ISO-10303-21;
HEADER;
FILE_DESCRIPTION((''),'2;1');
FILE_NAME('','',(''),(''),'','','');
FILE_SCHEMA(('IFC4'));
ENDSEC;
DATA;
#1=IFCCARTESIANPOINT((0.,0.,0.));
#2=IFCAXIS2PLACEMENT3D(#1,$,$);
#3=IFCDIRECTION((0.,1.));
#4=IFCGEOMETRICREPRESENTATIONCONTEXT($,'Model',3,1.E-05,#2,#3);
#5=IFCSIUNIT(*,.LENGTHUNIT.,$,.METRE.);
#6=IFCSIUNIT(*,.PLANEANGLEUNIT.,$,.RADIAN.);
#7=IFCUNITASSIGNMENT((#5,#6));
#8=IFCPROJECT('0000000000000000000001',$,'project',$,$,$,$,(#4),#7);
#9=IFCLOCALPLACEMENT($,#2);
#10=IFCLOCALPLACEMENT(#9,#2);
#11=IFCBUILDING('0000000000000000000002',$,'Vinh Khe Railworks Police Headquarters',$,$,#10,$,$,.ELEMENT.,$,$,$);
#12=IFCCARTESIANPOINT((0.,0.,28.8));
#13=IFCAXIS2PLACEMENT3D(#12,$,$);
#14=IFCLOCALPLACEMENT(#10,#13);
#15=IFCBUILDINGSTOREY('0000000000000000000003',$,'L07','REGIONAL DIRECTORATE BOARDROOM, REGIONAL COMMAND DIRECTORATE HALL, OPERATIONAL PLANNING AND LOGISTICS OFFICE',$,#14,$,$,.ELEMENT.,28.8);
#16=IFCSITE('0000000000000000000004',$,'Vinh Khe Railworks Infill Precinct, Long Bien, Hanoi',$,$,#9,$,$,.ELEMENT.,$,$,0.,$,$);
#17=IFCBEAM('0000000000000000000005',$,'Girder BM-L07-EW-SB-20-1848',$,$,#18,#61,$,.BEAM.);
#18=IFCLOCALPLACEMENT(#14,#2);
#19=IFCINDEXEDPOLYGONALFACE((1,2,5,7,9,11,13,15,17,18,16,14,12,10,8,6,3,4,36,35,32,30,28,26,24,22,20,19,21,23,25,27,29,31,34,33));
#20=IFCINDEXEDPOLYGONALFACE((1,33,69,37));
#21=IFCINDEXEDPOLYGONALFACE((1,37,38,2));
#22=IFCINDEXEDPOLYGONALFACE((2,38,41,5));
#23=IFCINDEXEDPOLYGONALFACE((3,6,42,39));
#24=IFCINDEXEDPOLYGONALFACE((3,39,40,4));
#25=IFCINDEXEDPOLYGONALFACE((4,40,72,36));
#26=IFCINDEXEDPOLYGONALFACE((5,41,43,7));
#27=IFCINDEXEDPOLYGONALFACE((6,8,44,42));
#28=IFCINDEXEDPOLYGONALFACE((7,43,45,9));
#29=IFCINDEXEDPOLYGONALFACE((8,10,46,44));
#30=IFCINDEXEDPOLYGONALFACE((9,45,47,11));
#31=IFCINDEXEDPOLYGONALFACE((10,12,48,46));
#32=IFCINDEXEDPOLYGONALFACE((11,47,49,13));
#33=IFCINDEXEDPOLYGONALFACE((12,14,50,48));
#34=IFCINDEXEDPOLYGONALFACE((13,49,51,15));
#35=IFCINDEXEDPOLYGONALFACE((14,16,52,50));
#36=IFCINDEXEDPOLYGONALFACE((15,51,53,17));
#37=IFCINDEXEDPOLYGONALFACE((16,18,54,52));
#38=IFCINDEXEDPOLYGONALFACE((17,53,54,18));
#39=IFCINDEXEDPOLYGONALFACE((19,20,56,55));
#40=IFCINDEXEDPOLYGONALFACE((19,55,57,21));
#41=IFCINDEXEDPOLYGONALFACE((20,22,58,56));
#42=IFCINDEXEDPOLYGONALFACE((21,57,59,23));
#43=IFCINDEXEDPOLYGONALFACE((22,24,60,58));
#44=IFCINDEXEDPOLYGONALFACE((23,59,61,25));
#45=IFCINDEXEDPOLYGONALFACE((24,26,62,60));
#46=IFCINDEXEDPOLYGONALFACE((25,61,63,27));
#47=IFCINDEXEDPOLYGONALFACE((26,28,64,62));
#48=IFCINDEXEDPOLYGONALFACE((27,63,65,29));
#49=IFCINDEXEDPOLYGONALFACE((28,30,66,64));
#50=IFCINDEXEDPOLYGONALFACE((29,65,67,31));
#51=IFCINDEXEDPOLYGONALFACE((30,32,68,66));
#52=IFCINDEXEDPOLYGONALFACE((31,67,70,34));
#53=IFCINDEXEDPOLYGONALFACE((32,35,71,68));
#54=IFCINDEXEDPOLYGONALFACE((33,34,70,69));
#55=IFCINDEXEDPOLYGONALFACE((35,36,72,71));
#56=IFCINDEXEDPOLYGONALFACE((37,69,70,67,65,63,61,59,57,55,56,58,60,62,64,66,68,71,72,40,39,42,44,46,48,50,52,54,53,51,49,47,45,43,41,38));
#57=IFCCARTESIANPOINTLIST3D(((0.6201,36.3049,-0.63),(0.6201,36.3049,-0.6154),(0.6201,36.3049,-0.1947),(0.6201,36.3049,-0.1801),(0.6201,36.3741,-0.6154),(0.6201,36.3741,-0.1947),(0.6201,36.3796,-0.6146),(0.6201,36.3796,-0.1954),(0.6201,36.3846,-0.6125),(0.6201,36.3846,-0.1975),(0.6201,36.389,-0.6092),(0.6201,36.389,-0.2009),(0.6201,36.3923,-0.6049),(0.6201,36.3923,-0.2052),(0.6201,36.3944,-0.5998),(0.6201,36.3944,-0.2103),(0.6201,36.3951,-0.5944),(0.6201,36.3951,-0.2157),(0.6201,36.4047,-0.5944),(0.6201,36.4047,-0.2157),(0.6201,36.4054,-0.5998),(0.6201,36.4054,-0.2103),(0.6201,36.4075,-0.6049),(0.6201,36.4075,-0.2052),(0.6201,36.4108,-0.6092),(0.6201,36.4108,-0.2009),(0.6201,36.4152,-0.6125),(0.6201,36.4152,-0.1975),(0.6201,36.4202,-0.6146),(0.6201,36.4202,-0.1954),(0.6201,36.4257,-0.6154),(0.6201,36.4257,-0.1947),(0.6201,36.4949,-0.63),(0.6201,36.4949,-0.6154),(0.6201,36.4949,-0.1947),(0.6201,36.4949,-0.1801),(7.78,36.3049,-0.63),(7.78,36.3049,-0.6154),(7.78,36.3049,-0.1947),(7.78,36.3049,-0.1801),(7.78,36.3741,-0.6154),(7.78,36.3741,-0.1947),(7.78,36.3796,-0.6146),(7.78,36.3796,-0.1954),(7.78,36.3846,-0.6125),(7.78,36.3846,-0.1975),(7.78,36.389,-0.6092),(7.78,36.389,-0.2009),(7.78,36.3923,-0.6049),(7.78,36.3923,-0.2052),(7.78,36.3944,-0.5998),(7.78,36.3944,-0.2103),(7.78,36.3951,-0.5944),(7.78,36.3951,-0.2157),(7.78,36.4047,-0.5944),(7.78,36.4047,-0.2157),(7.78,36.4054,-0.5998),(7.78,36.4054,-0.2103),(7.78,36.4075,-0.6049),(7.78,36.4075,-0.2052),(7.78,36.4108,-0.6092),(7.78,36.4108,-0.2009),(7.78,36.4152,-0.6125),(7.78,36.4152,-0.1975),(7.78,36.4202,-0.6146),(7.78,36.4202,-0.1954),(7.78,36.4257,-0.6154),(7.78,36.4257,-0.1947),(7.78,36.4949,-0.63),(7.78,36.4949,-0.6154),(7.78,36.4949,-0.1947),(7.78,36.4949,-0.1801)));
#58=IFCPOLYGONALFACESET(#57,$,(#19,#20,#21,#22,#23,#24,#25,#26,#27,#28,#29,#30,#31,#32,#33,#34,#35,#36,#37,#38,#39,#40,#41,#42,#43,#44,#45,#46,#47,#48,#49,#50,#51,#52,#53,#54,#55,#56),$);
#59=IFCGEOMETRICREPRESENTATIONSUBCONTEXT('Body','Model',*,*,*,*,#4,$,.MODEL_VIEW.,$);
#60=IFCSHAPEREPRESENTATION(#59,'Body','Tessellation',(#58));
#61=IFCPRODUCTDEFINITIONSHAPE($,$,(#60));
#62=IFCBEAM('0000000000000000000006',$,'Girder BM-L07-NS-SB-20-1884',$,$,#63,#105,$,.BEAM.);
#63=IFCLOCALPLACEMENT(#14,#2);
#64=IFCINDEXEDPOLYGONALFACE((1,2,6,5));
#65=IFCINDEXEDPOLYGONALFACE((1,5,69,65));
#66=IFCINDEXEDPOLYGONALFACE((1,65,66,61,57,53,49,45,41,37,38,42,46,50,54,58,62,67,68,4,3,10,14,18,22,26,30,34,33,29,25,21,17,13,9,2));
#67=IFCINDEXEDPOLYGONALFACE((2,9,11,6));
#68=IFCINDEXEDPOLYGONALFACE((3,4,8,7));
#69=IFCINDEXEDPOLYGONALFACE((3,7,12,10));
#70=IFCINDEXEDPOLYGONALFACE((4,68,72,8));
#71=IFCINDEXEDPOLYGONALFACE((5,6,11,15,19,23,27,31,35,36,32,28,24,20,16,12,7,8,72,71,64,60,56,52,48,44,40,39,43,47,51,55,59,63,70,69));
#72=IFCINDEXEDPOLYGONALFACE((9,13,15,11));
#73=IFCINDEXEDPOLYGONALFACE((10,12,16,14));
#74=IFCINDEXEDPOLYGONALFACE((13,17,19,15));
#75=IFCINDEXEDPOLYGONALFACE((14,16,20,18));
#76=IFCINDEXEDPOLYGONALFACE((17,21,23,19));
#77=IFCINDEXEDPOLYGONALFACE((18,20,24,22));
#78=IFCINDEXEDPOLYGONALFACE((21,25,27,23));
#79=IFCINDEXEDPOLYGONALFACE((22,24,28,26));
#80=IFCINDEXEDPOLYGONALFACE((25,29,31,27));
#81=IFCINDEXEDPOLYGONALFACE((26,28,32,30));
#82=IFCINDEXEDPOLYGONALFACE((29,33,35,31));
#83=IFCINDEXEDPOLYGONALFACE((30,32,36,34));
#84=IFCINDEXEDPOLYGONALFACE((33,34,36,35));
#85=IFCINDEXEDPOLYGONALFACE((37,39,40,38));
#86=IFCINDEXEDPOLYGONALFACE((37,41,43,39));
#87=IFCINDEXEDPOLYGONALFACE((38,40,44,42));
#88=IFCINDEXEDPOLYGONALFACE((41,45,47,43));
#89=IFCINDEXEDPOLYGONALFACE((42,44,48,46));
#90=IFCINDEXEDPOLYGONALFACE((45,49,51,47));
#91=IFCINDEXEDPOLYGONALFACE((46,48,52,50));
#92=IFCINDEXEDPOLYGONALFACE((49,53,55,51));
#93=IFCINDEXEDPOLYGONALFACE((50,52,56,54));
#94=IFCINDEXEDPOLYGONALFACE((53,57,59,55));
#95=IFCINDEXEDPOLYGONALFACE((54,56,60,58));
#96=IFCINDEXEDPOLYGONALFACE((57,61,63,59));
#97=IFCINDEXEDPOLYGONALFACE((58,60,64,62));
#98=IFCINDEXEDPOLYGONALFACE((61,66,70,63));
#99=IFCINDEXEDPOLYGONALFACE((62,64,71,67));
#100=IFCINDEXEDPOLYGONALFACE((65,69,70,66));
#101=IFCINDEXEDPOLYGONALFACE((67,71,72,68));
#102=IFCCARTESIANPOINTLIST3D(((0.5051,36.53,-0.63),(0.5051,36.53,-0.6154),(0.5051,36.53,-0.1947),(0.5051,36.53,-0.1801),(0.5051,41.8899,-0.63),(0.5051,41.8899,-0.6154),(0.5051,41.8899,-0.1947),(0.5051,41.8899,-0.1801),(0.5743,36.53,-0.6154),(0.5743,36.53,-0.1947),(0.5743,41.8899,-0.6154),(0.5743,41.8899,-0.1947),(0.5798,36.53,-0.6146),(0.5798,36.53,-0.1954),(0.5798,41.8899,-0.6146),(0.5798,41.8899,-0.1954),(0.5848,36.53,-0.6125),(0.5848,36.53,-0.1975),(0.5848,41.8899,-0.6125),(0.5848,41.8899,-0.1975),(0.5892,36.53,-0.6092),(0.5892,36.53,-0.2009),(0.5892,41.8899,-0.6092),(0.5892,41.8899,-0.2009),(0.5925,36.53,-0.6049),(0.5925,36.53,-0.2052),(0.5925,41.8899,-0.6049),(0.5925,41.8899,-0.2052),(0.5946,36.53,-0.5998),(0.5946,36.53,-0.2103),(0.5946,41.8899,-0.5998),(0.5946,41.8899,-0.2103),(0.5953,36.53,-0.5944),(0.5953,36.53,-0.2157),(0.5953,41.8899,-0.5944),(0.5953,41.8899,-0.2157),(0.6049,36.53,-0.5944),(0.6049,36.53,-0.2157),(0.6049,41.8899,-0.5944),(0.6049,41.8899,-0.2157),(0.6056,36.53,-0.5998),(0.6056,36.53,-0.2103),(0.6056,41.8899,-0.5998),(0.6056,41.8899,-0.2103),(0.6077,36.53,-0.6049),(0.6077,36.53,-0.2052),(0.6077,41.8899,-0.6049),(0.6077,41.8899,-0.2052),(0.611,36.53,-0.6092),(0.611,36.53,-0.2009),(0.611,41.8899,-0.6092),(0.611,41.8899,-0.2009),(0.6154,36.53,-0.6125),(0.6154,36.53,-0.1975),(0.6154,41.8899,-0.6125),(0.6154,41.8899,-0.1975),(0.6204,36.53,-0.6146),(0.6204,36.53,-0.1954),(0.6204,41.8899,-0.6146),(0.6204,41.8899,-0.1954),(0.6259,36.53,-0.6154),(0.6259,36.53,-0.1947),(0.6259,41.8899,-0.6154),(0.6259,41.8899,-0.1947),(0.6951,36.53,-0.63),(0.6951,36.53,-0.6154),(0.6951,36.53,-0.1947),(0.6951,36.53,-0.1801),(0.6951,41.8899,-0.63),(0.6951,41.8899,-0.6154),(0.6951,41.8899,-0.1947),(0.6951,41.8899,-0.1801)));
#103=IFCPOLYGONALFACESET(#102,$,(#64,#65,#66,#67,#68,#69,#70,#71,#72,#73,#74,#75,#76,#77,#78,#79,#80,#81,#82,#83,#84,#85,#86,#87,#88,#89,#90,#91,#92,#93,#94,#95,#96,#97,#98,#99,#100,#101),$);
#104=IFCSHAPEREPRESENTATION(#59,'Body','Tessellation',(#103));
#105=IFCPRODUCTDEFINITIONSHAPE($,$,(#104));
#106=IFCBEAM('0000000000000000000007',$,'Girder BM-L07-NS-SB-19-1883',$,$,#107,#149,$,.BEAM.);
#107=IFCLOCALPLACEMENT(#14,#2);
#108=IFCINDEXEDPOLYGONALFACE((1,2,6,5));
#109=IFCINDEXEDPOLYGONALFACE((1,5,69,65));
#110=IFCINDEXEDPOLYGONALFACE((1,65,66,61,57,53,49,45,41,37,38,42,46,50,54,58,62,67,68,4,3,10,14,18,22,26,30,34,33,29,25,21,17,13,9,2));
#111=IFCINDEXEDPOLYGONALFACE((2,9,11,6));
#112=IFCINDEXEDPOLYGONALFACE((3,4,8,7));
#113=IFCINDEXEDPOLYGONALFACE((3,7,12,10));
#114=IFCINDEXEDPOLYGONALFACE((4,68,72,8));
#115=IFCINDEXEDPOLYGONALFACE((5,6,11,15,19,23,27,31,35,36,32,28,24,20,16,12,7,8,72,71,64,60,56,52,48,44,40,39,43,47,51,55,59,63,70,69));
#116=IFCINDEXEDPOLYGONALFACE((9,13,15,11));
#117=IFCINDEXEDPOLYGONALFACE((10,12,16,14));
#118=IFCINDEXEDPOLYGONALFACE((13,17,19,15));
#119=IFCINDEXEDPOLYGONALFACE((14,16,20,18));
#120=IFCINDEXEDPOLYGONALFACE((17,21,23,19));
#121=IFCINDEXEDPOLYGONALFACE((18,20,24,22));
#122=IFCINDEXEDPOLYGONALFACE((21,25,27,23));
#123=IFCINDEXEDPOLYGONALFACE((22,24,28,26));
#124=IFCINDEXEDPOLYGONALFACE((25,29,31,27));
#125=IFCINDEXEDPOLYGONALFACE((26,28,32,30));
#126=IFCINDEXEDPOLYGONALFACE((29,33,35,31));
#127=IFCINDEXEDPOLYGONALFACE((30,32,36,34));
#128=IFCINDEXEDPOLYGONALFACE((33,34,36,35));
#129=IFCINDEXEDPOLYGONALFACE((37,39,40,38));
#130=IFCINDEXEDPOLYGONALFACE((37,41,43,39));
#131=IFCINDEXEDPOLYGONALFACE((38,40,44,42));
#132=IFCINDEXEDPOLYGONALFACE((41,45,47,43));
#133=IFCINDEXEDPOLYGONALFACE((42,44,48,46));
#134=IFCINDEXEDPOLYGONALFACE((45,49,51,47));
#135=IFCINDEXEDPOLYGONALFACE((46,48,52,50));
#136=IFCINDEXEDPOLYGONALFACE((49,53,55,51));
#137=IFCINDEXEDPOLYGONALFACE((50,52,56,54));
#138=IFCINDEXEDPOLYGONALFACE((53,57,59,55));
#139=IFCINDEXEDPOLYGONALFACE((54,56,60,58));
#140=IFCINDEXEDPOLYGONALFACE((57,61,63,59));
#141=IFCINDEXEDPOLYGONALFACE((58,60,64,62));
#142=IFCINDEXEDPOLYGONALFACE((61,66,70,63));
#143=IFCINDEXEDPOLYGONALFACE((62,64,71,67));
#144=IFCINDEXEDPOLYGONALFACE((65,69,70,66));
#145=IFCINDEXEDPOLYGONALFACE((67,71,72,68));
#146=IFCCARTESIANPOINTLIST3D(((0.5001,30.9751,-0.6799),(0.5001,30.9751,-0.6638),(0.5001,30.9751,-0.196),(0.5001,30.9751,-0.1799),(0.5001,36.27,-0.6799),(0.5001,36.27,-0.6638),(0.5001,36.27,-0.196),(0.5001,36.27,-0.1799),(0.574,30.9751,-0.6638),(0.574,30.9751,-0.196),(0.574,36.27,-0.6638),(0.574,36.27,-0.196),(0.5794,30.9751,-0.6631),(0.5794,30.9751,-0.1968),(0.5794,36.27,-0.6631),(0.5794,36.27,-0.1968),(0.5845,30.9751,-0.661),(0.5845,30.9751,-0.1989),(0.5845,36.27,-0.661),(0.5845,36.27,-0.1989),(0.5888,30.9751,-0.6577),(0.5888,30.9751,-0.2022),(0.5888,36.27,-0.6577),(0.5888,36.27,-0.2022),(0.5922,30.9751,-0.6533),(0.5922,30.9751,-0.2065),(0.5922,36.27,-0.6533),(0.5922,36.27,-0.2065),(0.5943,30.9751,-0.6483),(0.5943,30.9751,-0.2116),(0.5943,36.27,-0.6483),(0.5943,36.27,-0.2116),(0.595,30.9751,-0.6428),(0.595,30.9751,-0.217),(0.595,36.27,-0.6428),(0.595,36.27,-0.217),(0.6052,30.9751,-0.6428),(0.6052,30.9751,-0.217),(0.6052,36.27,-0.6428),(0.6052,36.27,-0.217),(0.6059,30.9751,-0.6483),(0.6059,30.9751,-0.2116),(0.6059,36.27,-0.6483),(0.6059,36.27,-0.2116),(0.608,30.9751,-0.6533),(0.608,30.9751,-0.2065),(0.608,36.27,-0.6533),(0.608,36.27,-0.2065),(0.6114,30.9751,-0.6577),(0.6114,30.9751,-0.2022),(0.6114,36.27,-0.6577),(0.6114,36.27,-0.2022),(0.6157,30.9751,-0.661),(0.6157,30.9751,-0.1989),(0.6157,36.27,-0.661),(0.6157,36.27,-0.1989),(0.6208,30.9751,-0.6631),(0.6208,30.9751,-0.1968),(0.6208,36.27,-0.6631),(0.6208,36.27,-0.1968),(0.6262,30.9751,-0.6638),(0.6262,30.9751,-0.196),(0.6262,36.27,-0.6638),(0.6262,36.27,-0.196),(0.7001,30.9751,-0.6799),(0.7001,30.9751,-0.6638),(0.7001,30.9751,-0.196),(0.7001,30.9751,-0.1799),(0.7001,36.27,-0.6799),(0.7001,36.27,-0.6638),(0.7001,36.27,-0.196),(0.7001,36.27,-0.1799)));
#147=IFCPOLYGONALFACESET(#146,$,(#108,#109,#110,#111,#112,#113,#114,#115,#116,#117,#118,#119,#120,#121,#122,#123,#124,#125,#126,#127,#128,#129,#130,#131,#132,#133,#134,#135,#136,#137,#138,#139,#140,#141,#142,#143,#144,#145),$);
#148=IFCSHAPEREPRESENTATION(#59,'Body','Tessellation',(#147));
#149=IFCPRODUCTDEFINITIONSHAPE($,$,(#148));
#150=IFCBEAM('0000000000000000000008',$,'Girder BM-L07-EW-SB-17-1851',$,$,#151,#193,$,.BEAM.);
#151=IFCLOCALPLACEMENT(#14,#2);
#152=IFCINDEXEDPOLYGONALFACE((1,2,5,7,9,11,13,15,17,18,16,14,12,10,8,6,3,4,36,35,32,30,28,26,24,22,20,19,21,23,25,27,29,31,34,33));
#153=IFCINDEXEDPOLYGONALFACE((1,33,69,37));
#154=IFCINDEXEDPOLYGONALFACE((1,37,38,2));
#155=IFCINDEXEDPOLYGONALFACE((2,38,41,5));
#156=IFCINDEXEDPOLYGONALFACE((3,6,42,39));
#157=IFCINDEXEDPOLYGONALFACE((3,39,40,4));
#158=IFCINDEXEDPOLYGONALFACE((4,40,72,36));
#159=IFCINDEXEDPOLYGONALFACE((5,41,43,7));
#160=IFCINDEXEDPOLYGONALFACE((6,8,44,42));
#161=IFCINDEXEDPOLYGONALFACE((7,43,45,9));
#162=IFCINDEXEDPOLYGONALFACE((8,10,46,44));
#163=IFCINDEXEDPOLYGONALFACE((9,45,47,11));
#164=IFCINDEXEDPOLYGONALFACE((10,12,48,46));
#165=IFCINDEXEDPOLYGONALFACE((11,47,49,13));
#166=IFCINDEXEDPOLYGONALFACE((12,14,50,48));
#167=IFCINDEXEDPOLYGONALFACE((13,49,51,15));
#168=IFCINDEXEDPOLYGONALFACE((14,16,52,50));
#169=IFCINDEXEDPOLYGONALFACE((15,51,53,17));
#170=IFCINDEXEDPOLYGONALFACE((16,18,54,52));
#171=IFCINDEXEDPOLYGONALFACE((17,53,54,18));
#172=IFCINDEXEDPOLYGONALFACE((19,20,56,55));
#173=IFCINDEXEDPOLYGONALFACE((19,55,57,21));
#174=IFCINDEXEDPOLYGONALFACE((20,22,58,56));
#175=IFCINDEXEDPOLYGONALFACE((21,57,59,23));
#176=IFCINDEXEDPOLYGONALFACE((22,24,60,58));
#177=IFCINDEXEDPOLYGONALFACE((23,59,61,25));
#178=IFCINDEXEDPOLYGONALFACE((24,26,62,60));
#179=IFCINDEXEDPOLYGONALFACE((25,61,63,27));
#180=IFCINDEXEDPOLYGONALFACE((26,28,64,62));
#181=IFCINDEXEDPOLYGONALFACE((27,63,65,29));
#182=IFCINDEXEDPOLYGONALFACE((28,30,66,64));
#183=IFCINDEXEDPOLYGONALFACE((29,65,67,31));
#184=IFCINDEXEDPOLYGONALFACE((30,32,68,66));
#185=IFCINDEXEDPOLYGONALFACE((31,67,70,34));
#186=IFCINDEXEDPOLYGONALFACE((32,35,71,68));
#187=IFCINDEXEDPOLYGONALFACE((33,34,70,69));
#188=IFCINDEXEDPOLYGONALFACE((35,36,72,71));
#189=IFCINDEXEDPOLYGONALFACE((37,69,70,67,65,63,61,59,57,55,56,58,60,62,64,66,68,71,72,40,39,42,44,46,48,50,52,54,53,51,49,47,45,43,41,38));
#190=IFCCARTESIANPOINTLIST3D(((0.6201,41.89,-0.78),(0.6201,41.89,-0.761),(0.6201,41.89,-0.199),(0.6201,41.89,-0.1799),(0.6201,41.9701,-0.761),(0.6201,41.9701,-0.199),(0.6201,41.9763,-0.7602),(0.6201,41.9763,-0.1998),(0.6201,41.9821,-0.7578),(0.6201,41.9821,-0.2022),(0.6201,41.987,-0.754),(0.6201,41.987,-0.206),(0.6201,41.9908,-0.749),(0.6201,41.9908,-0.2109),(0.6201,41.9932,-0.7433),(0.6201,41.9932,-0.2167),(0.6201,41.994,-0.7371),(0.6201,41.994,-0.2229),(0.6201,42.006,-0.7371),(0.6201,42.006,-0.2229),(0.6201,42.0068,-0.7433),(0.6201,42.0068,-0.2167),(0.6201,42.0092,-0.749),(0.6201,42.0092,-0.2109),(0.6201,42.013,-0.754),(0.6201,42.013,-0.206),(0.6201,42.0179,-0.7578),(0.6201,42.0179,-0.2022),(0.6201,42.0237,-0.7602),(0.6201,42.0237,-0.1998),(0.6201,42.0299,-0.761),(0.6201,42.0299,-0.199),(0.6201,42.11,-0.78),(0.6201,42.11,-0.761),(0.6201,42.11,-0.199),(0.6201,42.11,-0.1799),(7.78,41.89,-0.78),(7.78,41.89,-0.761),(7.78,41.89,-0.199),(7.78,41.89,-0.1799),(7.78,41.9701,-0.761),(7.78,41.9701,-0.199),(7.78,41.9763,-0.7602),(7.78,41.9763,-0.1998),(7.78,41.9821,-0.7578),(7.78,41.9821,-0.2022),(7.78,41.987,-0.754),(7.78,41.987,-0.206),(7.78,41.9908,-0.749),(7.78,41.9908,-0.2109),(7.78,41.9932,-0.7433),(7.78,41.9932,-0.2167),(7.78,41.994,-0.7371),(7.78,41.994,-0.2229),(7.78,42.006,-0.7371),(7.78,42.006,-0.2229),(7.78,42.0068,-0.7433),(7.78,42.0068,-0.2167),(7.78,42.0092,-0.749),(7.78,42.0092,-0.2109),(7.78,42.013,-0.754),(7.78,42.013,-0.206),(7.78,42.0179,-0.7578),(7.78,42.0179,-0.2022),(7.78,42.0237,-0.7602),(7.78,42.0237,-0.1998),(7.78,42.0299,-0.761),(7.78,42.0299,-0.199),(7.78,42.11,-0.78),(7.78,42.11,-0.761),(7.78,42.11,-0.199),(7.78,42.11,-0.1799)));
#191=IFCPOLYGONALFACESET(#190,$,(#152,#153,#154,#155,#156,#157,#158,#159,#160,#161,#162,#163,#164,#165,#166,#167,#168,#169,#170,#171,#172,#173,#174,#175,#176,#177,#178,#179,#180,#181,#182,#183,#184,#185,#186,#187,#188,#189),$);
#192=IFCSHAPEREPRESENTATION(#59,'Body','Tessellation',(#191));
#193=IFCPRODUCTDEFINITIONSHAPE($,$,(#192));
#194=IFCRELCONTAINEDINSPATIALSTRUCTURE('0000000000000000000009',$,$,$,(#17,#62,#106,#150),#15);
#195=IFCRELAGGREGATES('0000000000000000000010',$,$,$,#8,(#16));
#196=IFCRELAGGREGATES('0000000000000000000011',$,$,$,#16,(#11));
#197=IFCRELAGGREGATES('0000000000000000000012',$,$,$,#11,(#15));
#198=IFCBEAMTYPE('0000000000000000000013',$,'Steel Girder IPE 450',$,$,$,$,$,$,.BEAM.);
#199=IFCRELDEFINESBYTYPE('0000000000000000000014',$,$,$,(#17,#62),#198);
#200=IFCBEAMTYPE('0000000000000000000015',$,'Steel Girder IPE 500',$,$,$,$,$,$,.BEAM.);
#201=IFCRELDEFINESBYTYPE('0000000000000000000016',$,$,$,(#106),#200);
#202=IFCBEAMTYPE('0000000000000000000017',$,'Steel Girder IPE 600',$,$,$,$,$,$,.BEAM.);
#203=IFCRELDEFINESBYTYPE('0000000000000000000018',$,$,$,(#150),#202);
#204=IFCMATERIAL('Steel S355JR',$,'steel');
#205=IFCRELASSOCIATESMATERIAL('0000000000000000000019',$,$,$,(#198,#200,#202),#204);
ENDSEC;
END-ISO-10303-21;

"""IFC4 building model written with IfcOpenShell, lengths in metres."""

from ifc_helpers import new_model, si_unit, direction, frame, origin, origin_2d, place, context, subcontext, project, spatial, i_section, extrude, material, material_profile, profile_set, type_object, element, save


model = new_model("IFC4")

# Units and contexts
model_context = context("Model", 3, precision=1e-05, world=origin(), true_north=direction((0.0, 1.0)))
body_context = subcontext(model_context, "Body", "Model", "MODEL_VIEW")
ifc_project = project(units=[si_unit("LENGTHUNIT", "METRE"), si_unit("PLANEANGLEUNIT", "RADIAN")], contexts=[model_context])

# Site, building, storey
site_placement = place(None, origin())
site = spatial("IfcSite", under=ifc_project, at=site_placement, Name="Vinh Khe Railworks Infill Precinct, Long Bien, Hanoi", CompositionType="ELEMENT", RefElevation=0.0)
building_placement = place(site_placement, origin())
building = spatial("IfcBuilding", under=site, at=building_placement, Name="Vinh Khe Railworks Police Headquarters", CompositionType="ELEMENT")
storey_placement = place(building_placement, frame((0.0, 0.0, 28.8)))
storey = spatial("IfcBuildingStorey", under=building, at=storey_placement, Name="L07", Description="REGIONAL DIRECTORATE BOARDROOM, REGIONAL COMMAND DIRECTORATE HALL, OPERATIONAL PLANNING AND LOGISTICS OFFICE", CompositionType="ELEMENT", Elevation=28.8)

# Shared definitions
ifc_material_1 = material(Name="Steel S355JR", Category="steel")

# Beams
ifc_material_profile_1 = material_profile(ifc_material_1, i_section(OverallWidth=0.1899, OverallDepth=0.45, WebThickness=0.0095, FlangeThickness=0.0146, FilletRadius=0.021, at=origin_2d()), Name="IPE 450")
ifc_profile_set_1 = profile_set([ifc_material_profile_1], Name="Steel S355JR")
beam_type_1 = type_object("IfcBeamType", Name="Steel Girder IPE 450", PredefinedType="BEAM", material=ifc_profile_set_1)
beam_1_placement = place(storey_placement, frame((0.6201, 36.3999, -0.405), z_axis=(1.0, 0.0, 0.0), x_axis=(0.0, 1.0, 0.0)))
element("IfcBeam", 1, at=beam_1_placement, inside=storey, type_object=beam_type_1, Name="Girder BM-L07-EW-SB-20-1848", PredefinedType="BEAM", context=body_context, shape_type="SweptSolid", body=[
    extrude(i_section(OverallWidth=0.1899, OverallDepth=0.45, WebThickness=0.0095, FlangeThickness=0.0146, FilletRadius=0.021, at=origin_2d()), origin(), (0.0, 0.0, 1.0), 7.1599),
])
beam_2_placement = place(storey_placement, frame((0.6001, 36.53, -0.405), z_axis=(0.0, 1.0, 0.0), x_axis=(-1.0, 0.0, 0.0)))
element("IfcBeam", 2, at=beam_2_placement, inside=storey, type_object=beam_type_1, Name="Girder BM-L07-NS-SB-20-1884", PredefinedType="BEAM", context=body_context, shape_type="SweptSolid", body=[
    extrude(i_section(OverallWidth=0.1899, OverallDepth=0.45, WebThickness=0.0095, FlangeThickness=0.0146, FilletRadius=0.021, at=origin_2d()), origin(), (0.0, 0.0, 1.0), 5.3599),
])
ifc_material_profile_2 = material_profile(ifc_material_1, i_section(OverallWidth=0.2, OverallDepth=0.5, WebThickness=0.0103, FlangeThickness=0.0161, FilletRadius=0.021, at=origin_2d()), Name="IPE 500")
ifc_profile_set_2 = profile_set([ifc_material_profile_2], Name="Steel S355JR")
beam_type_2 = type_object("IfcBeamType", Name="Steel Girder IPE 500", PredefinedType="BEAM", material=ifc_profile_set_2)
beam_3_placement = place(storey_placement, frame((0.6001, 30.9751, -0.4299), z_axis=(0.0, 1.0, 0.0), x_axis=(-1.0, 0.0, 0.0)))
element("IfcBeam", 3, at=beam_3_placement, inside=storey, type_object=beam_type_2, Name="Girder BM-L07-NS-SB-19-1883", PredefinedType="BEAM", context=body_context, shape_type="SweptSolid", body=[
    extrude(i_section(OverallWidth=0.2, OverallDepth=0.5, WebThickness=0.0103, FlangeThickness=0.0161, FilletRadius=0.021, at=origin_2d()), origin(), (0.0, 0.0, 1.0), 5.2949),
])
ifc_material_profile_3 = material_profile(ifc_material_1, i_section(OverallWidth=0.22, OverallDepth=0.6001, WebThickness=0.012, FlangeThickness=0.019, FilletRadius=0.0239, at=origin_2d()), Name="IPE 600")
ifc_profile_set_3 = profile_set([ifc_material_profile_3], Name="Steel S355JR")
beam_type_3 = type_object("IfcBeamType", Name="Steel Girder IPE 600", PredefinedType="BEAM", material=ifc_profile_set_3)
beam_4_placement = place(storey_placement, frame((0.6201, 42.0, -0.48), z_axis=(1.0, 0.0, 0.0), x_axis=(0.0, 1.0, 0.0)))
element("IfcBeam", 4, at=beam_4_placement, inside=storey, type_object=beam_type_3, Name="Girder BM-L07-EW-SB-17-1851", PredefinedType="BEAM", context=body_context, shape_type="SweptSolid", body=[
    extrude(i_section(OverallWidth=0.22, OverallDepth=0.6001, WebThickness=0.012, FlangeThickness=0.019, FilletRadius=0.0239, at=origin_2d()), origin(), (0.0, 0.0, 1.0), 7.1599),
])

save(model, "model.ifc")
